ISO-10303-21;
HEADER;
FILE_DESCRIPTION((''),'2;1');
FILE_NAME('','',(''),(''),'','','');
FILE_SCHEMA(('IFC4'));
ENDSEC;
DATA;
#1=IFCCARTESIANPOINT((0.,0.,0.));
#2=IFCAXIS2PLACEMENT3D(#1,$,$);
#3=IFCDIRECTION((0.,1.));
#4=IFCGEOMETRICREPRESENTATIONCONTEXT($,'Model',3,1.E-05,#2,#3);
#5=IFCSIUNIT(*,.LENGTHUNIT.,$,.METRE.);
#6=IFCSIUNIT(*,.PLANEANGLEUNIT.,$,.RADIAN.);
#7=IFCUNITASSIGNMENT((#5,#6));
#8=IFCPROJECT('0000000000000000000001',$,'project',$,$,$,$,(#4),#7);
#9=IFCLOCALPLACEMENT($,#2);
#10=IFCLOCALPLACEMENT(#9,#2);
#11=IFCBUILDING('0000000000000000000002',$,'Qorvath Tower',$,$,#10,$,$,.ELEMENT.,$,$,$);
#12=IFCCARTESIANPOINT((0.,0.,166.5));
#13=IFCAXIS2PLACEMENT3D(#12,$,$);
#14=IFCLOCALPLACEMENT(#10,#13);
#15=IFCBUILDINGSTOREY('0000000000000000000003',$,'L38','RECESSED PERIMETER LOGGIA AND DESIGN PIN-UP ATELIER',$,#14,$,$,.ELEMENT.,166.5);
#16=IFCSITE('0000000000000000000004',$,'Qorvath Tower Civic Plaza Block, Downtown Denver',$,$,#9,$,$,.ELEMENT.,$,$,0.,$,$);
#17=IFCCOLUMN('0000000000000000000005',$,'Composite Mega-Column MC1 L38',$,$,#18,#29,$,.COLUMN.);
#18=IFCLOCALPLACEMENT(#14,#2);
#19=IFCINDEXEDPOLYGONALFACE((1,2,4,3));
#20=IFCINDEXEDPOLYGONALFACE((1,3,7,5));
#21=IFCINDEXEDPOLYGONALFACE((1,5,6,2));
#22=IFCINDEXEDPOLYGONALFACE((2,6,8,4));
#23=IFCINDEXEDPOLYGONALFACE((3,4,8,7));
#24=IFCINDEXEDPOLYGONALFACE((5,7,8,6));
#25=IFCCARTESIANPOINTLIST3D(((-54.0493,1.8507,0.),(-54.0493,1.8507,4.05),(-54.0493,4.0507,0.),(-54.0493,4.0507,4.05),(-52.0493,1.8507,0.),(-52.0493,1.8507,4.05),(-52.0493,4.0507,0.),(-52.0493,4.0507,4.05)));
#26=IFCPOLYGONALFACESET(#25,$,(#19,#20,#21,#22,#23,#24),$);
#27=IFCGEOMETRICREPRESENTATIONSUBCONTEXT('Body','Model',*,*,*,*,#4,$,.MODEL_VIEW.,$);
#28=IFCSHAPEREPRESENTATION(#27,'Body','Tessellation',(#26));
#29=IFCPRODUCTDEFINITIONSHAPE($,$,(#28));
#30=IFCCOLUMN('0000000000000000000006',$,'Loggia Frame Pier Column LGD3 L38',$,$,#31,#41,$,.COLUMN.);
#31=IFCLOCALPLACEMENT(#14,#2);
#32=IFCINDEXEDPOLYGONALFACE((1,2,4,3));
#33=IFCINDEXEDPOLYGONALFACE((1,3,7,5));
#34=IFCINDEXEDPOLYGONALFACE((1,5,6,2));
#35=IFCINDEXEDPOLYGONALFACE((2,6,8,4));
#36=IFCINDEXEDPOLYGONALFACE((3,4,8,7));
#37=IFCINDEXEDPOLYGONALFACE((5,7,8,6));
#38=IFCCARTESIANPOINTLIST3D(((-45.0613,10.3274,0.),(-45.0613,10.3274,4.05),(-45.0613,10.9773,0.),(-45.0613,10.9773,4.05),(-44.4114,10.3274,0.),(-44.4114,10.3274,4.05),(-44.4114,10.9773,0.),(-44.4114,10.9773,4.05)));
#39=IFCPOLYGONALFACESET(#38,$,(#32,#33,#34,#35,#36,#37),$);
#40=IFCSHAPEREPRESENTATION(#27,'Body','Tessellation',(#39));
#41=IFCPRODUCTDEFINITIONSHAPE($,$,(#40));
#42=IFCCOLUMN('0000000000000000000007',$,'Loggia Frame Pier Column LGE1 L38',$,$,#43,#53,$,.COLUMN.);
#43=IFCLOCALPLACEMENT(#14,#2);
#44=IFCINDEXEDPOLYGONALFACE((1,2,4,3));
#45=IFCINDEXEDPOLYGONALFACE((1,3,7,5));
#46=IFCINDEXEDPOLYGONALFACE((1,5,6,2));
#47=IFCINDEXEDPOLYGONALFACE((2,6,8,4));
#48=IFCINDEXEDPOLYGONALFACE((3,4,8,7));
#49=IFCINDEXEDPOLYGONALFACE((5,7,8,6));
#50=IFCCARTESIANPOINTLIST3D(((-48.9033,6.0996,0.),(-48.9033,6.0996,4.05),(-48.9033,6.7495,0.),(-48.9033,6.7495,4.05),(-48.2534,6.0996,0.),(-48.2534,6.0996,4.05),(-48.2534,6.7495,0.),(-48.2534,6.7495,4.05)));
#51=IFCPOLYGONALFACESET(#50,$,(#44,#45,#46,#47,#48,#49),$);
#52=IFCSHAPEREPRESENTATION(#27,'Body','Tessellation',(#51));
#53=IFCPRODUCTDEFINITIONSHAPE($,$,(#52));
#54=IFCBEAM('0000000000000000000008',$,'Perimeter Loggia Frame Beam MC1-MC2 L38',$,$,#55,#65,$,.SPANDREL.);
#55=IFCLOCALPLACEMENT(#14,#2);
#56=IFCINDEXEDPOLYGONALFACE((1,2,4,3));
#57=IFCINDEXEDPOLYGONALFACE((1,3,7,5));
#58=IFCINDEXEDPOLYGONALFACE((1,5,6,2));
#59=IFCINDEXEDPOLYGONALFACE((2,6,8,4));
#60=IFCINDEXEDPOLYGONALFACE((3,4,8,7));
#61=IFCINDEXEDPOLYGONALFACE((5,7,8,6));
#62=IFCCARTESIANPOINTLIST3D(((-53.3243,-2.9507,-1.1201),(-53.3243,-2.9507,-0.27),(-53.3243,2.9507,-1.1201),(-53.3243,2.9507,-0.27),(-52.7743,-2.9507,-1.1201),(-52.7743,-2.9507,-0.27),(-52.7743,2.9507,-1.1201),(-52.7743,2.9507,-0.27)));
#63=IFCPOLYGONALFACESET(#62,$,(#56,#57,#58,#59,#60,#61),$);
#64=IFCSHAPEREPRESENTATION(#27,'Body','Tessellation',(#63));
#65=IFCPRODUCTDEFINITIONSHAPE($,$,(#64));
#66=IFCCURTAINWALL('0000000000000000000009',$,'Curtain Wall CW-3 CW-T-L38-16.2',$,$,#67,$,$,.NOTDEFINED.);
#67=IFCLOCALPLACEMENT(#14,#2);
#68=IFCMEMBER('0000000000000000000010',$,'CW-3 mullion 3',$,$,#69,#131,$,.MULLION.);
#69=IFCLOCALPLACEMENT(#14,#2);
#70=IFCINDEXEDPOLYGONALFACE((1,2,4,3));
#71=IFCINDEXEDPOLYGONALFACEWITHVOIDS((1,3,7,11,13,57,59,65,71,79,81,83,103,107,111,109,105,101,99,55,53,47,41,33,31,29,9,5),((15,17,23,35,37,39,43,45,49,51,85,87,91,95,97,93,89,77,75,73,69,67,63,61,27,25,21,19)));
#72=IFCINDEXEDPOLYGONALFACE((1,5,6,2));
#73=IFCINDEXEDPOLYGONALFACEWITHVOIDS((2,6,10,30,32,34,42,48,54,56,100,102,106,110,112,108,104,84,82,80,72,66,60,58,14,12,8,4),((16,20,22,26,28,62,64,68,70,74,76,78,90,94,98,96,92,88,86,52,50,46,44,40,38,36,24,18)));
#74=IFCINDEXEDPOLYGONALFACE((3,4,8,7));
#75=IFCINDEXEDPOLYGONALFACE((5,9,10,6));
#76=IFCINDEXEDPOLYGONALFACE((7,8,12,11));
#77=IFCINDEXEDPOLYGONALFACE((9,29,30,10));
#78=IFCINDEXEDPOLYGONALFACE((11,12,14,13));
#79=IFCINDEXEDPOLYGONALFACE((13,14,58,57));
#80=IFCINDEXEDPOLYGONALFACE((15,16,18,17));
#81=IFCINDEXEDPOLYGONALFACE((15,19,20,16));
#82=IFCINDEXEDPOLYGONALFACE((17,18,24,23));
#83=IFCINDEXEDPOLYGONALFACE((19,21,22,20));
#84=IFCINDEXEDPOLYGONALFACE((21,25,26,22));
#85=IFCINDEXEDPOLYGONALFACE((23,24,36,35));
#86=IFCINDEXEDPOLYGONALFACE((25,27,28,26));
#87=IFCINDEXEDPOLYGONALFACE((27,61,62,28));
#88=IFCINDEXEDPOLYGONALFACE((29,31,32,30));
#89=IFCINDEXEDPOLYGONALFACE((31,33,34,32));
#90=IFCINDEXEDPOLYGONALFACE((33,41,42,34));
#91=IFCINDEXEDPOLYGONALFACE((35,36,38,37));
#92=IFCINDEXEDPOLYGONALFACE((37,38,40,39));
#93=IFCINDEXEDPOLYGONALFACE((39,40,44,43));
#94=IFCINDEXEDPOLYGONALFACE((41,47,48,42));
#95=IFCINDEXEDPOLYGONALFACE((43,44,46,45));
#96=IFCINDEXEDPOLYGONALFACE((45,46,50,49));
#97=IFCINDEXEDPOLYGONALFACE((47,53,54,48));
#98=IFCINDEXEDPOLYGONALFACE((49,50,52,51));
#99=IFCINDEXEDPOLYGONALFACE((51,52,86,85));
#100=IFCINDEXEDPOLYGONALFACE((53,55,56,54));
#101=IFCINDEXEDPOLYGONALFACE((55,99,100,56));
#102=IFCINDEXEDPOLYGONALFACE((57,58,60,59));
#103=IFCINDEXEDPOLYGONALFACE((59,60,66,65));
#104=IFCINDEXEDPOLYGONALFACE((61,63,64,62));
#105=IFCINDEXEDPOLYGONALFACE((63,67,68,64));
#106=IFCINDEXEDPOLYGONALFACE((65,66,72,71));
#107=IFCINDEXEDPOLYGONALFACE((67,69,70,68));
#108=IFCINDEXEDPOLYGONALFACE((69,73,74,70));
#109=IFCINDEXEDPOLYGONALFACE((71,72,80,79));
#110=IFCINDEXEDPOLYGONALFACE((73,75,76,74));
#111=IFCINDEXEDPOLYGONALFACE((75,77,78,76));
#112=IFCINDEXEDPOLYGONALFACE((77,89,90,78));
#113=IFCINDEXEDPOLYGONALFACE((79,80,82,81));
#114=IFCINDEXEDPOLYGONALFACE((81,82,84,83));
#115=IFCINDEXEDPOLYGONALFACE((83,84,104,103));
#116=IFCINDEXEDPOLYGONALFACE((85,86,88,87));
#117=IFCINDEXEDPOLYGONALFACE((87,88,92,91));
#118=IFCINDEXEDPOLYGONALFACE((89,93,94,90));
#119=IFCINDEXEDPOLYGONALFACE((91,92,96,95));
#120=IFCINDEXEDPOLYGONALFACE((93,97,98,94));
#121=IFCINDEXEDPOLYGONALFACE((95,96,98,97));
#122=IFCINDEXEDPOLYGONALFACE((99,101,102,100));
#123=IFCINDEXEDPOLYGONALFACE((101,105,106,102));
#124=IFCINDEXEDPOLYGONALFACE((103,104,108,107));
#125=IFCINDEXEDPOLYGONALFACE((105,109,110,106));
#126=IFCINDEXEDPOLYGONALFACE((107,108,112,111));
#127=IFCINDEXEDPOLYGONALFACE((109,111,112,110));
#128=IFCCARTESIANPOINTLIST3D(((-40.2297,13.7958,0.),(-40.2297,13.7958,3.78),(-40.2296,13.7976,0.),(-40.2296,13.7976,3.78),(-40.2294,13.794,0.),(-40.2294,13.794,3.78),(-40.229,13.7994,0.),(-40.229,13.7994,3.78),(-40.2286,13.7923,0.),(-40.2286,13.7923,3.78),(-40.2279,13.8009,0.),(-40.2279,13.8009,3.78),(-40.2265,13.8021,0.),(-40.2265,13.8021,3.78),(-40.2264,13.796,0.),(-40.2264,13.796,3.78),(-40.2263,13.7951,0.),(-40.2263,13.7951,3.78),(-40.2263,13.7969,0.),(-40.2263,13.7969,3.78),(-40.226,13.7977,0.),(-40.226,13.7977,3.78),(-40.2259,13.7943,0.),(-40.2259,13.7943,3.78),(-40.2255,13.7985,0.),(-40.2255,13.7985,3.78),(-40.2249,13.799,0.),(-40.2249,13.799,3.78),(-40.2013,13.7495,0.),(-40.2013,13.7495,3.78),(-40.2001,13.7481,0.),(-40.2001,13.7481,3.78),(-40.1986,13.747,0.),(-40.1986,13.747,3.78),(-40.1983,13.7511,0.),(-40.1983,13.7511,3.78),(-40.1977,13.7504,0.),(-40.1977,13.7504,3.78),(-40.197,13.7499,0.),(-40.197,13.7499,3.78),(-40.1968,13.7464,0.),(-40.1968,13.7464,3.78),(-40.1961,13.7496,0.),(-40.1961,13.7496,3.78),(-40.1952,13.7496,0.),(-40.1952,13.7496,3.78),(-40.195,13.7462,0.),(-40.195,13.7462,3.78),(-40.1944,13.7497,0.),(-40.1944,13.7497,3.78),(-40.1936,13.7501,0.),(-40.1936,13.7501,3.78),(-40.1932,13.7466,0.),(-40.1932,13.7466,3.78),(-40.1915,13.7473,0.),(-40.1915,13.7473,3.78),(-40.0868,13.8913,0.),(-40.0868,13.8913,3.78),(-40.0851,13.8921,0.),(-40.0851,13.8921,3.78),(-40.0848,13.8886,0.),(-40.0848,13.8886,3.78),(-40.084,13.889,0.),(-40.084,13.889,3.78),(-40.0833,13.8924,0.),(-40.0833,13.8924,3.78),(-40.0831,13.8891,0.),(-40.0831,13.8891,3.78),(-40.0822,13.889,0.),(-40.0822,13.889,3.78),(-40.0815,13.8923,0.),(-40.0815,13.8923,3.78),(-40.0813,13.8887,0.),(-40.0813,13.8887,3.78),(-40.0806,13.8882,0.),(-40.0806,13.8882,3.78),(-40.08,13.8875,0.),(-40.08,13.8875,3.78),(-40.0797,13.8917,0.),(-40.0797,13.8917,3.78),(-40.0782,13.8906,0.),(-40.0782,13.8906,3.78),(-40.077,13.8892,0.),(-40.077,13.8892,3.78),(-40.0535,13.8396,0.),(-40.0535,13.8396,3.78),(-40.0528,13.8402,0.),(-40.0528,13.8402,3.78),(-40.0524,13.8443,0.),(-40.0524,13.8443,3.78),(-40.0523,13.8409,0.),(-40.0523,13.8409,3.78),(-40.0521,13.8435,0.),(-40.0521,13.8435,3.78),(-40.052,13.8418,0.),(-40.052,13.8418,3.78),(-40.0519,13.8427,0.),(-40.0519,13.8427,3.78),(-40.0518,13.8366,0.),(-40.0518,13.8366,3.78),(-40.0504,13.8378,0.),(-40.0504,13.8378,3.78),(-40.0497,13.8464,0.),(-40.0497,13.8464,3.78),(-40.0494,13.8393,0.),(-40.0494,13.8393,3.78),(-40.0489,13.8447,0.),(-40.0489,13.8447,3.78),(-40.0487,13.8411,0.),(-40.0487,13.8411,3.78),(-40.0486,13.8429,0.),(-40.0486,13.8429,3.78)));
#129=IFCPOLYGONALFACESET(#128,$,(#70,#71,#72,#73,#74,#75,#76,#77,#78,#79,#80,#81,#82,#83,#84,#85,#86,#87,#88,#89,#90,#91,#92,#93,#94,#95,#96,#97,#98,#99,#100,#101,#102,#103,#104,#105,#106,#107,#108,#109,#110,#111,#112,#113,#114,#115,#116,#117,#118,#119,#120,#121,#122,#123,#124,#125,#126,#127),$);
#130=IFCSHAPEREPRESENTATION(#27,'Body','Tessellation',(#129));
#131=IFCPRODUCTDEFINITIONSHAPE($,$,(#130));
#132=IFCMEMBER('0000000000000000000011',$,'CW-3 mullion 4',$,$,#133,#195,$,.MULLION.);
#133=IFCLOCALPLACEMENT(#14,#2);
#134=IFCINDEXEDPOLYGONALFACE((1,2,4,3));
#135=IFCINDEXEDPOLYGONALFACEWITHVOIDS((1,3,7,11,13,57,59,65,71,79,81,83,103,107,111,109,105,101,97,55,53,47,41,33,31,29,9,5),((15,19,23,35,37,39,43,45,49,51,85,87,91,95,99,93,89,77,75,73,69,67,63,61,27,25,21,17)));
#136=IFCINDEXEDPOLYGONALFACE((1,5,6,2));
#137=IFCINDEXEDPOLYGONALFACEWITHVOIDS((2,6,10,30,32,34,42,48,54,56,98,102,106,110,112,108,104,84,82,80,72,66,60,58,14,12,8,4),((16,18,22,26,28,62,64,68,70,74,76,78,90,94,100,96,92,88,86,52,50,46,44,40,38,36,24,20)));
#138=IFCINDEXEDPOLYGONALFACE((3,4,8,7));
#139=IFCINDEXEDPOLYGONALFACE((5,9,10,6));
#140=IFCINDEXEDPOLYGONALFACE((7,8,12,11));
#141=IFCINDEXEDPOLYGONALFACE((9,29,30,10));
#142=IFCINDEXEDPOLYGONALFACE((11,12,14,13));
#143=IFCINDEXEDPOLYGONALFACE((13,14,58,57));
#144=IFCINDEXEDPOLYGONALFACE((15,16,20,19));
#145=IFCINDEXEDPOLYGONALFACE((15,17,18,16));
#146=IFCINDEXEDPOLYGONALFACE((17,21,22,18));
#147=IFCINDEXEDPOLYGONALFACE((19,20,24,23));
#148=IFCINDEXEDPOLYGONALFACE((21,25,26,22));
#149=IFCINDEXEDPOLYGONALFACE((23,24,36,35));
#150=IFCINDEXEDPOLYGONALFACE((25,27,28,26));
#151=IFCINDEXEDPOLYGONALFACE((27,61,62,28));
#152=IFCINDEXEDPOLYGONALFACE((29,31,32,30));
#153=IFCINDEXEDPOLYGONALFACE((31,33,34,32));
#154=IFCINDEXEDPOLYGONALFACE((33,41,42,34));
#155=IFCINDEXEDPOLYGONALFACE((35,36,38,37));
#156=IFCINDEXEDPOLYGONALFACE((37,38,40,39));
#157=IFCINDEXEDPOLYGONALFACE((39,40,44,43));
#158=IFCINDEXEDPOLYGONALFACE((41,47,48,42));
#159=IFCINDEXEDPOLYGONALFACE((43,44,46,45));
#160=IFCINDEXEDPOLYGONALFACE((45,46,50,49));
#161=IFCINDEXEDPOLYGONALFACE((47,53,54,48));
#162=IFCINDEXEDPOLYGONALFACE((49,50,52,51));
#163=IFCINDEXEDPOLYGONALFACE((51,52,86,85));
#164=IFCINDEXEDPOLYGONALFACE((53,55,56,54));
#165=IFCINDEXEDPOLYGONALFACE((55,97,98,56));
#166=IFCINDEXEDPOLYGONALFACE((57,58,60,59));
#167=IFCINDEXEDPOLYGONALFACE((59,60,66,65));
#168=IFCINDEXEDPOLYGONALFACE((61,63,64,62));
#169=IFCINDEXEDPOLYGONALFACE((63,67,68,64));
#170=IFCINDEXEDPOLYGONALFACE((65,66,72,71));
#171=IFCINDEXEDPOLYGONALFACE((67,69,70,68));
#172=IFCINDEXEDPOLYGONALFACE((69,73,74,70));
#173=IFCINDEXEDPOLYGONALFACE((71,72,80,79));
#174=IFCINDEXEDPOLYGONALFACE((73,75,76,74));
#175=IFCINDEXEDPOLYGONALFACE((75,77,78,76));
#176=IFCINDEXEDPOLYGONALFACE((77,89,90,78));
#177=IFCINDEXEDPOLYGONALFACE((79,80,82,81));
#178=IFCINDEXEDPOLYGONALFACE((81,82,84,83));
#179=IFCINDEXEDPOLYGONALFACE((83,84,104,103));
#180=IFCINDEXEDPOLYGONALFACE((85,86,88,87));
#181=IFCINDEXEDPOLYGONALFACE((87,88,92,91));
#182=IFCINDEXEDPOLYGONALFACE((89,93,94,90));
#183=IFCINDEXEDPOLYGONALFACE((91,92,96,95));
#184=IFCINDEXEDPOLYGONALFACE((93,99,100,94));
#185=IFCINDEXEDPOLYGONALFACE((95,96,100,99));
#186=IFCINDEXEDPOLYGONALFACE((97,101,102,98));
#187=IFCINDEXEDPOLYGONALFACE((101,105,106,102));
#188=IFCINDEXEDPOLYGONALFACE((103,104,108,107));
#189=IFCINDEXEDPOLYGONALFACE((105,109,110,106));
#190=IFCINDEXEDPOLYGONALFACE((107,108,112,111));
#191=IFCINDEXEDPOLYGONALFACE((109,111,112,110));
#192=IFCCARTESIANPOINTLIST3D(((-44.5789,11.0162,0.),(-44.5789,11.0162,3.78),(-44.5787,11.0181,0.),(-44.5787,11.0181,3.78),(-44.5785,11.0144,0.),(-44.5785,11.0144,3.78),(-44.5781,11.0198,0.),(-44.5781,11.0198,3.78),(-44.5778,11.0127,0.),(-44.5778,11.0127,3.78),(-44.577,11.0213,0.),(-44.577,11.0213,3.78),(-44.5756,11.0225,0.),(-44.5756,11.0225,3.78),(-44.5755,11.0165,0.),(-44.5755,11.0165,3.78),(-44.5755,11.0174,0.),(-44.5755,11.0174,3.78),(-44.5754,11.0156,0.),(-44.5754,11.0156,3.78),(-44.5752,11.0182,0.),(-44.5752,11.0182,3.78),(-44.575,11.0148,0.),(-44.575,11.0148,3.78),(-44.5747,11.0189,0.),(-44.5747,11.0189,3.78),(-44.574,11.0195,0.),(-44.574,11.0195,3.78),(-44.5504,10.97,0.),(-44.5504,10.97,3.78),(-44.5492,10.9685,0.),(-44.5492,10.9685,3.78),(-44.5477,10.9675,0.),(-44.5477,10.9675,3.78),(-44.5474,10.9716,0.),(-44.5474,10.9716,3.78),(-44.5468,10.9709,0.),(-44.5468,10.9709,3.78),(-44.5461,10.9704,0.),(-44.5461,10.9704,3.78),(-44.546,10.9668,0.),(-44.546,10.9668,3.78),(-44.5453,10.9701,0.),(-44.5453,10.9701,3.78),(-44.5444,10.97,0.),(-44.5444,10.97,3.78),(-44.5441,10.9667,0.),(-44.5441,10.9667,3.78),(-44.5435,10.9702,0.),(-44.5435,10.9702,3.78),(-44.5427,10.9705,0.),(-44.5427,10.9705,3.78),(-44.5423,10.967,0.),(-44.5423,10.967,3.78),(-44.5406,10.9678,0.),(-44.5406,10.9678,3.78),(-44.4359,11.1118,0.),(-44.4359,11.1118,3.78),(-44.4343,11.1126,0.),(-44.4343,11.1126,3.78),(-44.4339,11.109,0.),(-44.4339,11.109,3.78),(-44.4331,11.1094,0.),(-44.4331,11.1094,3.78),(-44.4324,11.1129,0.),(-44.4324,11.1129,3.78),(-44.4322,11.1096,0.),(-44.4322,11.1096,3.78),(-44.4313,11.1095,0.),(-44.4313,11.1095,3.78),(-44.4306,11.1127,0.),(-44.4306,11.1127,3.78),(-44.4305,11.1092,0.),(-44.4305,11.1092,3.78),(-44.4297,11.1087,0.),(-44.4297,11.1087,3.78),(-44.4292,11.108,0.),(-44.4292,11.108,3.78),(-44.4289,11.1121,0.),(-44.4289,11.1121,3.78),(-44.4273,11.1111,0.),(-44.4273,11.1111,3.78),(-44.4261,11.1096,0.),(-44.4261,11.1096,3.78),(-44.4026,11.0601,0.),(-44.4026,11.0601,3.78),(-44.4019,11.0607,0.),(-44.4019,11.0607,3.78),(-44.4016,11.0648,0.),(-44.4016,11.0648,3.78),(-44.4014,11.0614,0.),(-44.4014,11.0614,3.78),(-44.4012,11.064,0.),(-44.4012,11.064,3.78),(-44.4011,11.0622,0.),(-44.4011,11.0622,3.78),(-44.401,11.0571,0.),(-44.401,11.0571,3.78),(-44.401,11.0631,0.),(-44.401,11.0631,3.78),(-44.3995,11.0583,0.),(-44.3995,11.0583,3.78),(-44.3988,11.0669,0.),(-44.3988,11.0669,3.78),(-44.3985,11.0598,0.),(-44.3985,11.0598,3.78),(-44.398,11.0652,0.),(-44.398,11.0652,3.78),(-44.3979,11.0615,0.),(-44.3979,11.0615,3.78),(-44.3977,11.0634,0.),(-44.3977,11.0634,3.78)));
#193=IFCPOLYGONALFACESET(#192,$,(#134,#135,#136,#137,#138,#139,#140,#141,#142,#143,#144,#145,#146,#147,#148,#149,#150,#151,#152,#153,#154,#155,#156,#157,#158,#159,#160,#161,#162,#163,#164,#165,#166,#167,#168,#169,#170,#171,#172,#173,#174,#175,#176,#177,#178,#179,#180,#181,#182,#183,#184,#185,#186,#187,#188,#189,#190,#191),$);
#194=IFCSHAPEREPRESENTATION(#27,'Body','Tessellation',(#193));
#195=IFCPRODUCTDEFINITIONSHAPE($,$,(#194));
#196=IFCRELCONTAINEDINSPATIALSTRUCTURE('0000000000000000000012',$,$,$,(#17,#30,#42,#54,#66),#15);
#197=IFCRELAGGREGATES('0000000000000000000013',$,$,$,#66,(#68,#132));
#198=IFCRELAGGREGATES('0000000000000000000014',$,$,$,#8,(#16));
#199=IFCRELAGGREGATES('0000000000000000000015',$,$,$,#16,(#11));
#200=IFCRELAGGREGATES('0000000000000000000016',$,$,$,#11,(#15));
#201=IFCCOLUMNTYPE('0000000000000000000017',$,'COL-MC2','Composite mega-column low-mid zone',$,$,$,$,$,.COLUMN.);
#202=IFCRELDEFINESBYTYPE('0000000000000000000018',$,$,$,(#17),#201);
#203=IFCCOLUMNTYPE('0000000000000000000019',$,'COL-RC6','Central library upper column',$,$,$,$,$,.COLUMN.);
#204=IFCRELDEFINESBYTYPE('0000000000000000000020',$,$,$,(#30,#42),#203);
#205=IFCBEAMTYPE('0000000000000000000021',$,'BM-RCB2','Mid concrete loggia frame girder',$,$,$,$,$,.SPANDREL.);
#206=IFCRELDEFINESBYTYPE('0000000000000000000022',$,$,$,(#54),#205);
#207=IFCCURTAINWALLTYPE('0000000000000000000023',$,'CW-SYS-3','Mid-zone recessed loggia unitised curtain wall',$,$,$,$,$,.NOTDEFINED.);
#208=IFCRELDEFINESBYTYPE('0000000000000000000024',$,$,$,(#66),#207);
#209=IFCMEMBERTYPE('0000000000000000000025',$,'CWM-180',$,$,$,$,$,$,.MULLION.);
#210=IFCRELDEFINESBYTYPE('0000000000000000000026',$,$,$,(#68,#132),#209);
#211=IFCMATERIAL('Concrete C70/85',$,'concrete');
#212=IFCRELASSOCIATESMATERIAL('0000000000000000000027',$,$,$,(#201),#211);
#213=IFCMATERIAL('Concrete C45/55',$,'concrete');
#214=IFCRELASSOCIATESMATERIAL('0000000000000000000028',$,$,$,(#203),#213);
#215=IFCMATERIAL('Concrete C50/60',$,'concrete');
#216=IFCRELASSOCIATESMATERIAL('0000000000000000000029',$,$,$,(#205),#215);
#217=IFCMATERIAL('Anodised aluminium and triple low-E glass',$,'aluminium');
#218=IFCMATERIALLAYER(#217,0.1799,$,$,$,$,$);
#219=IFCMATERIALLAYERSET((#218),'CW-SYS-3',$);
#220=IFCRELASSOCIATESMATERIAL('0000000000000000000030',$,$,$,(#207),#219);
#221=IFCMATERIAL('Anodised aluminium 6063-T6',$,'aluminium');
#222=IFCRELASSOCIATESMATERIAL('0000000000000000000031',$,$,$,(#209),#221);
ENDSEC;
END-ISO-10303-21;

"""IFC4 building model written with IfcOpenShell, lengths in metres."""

from ifc_helpers import new_model, si_unit, direction, frame, origin, origin_2d, place, context, subcontext, project, spatial, rectangle, hollow_rectangle, extrude, material, layer, layer_set, material_profile, profile_set, type_object, element, aggregate, save


model = new_model("IFC4")

# Units and contexts
model_context = context("Model", 3, precision=1e-05, world=origin(), true_north=direction((0.0, 1.0)))
body_context = subcontext(model_context, "Body", "Model", "MODEL_VIEW")
ifc_project = project(units=[si_unit("LENGTHUNIT", "METRE"), si_unit("PLANEANGLEUNIT", "RADIAN")], contexts=[model_context])

# Site, building, storey
site_placement = place(None, origin())
site = spatial("IfcSite", under=ifc_project, at=site_placement, Name="Qorvath Tower Civic Plaza Block, Downtown Denver", CompositionType="ELEMENT", RefElevation=0.0)
building_placement = place(site_placement, origin())
building = spatial("IfcBuilding", under=site, at=building_placement, Name="Qorvath Tower", CompositionType="ELEMENT")
storey_placement = place(building_placement, frame((0.0, 0.0, 166.5)))
storey = spatial("IfcBuildingStorey", under=building, at=storey_placement, Name="L38", Description="RECESSED PERIMETER LOGGIA AND DESIGN PIN-UP ATELIER", CompositionType="ELEMENT", Elevation=166.5)

# Columns
ifc_material_1 = material(Name="Concrete C70/85", Category="concrete")
ifc_material_profile_1 = material_profile(ifc_material_1, rectangle(XDim=2.0, YDim=2.2, at=origin_2d()), Name="MC 2200x2000")
ifc_profile_set_1 = profile_set([ifc_material_profile_1], Name="Concrete C70/85")
column_type_1 = type_object("IfcColumnType", Name="COL-MC2", Description="Composite mega-column low-mid zone", PredefinedType="COLUMN", material=ifc_profile_set_1)
column_placement = place(storey_placement, frame((-53.0493, 2.9507, 0.0), z_axis=(0.0, 0.0, 1.0), x_axis=(1.0, 0.0, 0.0)))
element("IfcColumn", 1, at=column_placement, inside=storey, type_object=column_type_1, Name="Composite Mega-Column MC1 L38", PredefinedType="COLUMN", context=body_context, shape_type="SweptSolid", body=[
    extrude(rectangle(XDim=2.0, YDim=2.2, at=origin_2d()), origin(), (0.0, 0.0, 1.0), 4.05),
])
ifc_material_2 = material(Name="Concrete C45/55", Category="concrete")
ifc_material_profile_2 = material_profile(ifc_material_2, rectangle(XDim=0.6499, YDim=0.6499, at=origin_2d()), Name="RC 650x650")
ifc_profile_set_2 = profile_set([ifc_material_profile_2], Name="Concrete C45/55")
column_type_2 = type_object("IfcColumnType", Name="COL-RC6", Description="Central library upper column", PredefinedType="COLUMN", material=ifc_profile_set_2)
for number, where, z_axis, x_axis, name in (
    (2, (-44.7363, 10.6523, 0.0), (0.0, 0.0, 1.0), (1.0, 0.0, 0.0), "Loggia Frame Pier Column LGD3 L38"),
    (3, (-48.5784, 6.4246, 0.0), (0.0, 0.0, 1.0), (1.0, 0.0, 0.0), "Loggia Frame Pier Column LGE1 L38"),
):
    element("IfcColumn", number, at=place(storey_placement, frame(where, z_axis=z_axis, x_axis=x_axis)), inside=storey, type_object=column_type_2, Name=name, PredefinedType="COLUMN", context=body_context, shape_type="SweptSolid", body=[
        extrude(rectangle(XDim=0.6499, YDim=0.6499, at=origin_2d()), origin(), (0.0, 0.0, 1.0), 4.05),
    ])

# Beam
ifc_material_3 = material(Name="Concrete C50/60", Category="concrete")
ifc_material_profile_3 = material_profile(ifc_material_3, rectangle(XDim=0.55, YDim=0.8501, at=origin_2d()), Name="RCB 850x550")
ifc_profile_set_3 = profile_set([ifc_material_profile_3], Name="Concrete C50/60")
beam_type = type_object("IfcBeamType", Name="BM-RCB2", Description="Mid concrete loggia frame girder", PredefinedType="SPANDREL", material=ifc_profile_set_3)
beam_placement = place(storey_placement, frame((-53.0493, 2.9507, -0.6951), z_axis=(0.0, -1.0, 0.0), x_axis=(1.0, 0.0, 0.0)))
element("IfcBeam", 4, at=beam_placement, inside=storey, type_object=beam_type, Name="Perimeter Loggia Frame Beam MC1-MC2 L38", PredefinedType="SPANDREL", context=body_context, shape_type="SweptSolid", body=[
    extrude(rectangle(XDim=0.55, YDim=0.8501, at=origin_2d()), origin(), (0.0, 0.0, 1.0), 5.9014),
])

# Curtain wall, members
ifc_material_4 = material(Name="Anodised aluminium and triple low-E glass", Category="aluminium")
ifc_layer_1 = layer(ifc_material_4, 0.1799)
ifc_layer_set_1 = layer_set([ifc_layer_1], Name="CW-SYS-3")
curtain_wall_type = type_object("IfcCurtainWallType", Name="CW-SYS-3", Description="Mid-zone recessed loggia unitised curtain wall", PredefinedType="NOTDEFINED", material=ifc_layer_set_1)
curtain_wall_1_placement = place(storey_placement, origin())
curtain_wall_1 = element("IfcCurtainWall", 5, at=curtain_wall_1_placement, inside=storey, type_object=curtain_wall_type, Name="Curtain Wall CW-3 CW-T-L38-16.2", PredefinedType="NOTDEFINED")
ifc_material_5 = material(Name="Anodised aluminium 6063-T6", Category="aluminium")
ifc_material_profile_4 = material_profile(ifc_material_5, hollow_rectangle(XDim=0.0649, YDim=0.1799, WallThickness=0.0034, InnerFilletRadius=0.0034, OuterFilletRadius=0.0071, at=origin_2d()), Name="CWM 180x65")
ifc_profile_set_4 = profile_set([ifc_material_profile_4], Name="Anodised aluminium 6063-T6")
member_type_1 = type_object("IfcMemberType", Name="CWM-180", PredefinedType="MULLION", material=ifc_profile_set_4)
member_1_placement = place(storey_placement, frame((-40.1392, 13.8193, 0.0), z_axis=(0.0, 0.0, 1.0), x_axis=(0.538537, -0.842602, 0.0)))
member_1 = element("IfcMember", 6, at=member_1_placement, type_object=member_type_1, Name="CW-3 mullion 3", PredefinedType="MULLION", context=body_context, shape_type="SweptSolid", body=[
    extrude(hollow_rectangle(XDim=0.0649, YDim=0.1799, WallThickness=0.0034, InnerFilletRadius=0.0034, OuterFilletRadius=0.0071, at=origin_2d()), origin(), (0.0, 0.0, 1.0), 3.78),
])
member_2_placement = place(storey_placement, frame((-44.4883, 11.0398, 0.0), z_axis=(0.0, 0.0, 1.0), x_axis=(0.538537, -0.842602, 0.0)))
member_2 = element("IfcMember", 7, at=member_2_placement, type_object=member_type_1, Name="CW-3 mullion 4", PredefinedType="MULLION", context=body_context, shape_type="SweptSolid", body=[
    extrude(hollow_rectangle(XDim=0.0649, YDim=0.1799, WallThickness=0.0034, InnerFilletRadius=0.0034, OuterFilletRadius=0.0071, at=origin_2d()), origin(), (0.0, 0.0, 1.0), 3.78),
])

aggregate(curtain_wall_1, [member_1, member_2])

save(model, "model.ifc")
